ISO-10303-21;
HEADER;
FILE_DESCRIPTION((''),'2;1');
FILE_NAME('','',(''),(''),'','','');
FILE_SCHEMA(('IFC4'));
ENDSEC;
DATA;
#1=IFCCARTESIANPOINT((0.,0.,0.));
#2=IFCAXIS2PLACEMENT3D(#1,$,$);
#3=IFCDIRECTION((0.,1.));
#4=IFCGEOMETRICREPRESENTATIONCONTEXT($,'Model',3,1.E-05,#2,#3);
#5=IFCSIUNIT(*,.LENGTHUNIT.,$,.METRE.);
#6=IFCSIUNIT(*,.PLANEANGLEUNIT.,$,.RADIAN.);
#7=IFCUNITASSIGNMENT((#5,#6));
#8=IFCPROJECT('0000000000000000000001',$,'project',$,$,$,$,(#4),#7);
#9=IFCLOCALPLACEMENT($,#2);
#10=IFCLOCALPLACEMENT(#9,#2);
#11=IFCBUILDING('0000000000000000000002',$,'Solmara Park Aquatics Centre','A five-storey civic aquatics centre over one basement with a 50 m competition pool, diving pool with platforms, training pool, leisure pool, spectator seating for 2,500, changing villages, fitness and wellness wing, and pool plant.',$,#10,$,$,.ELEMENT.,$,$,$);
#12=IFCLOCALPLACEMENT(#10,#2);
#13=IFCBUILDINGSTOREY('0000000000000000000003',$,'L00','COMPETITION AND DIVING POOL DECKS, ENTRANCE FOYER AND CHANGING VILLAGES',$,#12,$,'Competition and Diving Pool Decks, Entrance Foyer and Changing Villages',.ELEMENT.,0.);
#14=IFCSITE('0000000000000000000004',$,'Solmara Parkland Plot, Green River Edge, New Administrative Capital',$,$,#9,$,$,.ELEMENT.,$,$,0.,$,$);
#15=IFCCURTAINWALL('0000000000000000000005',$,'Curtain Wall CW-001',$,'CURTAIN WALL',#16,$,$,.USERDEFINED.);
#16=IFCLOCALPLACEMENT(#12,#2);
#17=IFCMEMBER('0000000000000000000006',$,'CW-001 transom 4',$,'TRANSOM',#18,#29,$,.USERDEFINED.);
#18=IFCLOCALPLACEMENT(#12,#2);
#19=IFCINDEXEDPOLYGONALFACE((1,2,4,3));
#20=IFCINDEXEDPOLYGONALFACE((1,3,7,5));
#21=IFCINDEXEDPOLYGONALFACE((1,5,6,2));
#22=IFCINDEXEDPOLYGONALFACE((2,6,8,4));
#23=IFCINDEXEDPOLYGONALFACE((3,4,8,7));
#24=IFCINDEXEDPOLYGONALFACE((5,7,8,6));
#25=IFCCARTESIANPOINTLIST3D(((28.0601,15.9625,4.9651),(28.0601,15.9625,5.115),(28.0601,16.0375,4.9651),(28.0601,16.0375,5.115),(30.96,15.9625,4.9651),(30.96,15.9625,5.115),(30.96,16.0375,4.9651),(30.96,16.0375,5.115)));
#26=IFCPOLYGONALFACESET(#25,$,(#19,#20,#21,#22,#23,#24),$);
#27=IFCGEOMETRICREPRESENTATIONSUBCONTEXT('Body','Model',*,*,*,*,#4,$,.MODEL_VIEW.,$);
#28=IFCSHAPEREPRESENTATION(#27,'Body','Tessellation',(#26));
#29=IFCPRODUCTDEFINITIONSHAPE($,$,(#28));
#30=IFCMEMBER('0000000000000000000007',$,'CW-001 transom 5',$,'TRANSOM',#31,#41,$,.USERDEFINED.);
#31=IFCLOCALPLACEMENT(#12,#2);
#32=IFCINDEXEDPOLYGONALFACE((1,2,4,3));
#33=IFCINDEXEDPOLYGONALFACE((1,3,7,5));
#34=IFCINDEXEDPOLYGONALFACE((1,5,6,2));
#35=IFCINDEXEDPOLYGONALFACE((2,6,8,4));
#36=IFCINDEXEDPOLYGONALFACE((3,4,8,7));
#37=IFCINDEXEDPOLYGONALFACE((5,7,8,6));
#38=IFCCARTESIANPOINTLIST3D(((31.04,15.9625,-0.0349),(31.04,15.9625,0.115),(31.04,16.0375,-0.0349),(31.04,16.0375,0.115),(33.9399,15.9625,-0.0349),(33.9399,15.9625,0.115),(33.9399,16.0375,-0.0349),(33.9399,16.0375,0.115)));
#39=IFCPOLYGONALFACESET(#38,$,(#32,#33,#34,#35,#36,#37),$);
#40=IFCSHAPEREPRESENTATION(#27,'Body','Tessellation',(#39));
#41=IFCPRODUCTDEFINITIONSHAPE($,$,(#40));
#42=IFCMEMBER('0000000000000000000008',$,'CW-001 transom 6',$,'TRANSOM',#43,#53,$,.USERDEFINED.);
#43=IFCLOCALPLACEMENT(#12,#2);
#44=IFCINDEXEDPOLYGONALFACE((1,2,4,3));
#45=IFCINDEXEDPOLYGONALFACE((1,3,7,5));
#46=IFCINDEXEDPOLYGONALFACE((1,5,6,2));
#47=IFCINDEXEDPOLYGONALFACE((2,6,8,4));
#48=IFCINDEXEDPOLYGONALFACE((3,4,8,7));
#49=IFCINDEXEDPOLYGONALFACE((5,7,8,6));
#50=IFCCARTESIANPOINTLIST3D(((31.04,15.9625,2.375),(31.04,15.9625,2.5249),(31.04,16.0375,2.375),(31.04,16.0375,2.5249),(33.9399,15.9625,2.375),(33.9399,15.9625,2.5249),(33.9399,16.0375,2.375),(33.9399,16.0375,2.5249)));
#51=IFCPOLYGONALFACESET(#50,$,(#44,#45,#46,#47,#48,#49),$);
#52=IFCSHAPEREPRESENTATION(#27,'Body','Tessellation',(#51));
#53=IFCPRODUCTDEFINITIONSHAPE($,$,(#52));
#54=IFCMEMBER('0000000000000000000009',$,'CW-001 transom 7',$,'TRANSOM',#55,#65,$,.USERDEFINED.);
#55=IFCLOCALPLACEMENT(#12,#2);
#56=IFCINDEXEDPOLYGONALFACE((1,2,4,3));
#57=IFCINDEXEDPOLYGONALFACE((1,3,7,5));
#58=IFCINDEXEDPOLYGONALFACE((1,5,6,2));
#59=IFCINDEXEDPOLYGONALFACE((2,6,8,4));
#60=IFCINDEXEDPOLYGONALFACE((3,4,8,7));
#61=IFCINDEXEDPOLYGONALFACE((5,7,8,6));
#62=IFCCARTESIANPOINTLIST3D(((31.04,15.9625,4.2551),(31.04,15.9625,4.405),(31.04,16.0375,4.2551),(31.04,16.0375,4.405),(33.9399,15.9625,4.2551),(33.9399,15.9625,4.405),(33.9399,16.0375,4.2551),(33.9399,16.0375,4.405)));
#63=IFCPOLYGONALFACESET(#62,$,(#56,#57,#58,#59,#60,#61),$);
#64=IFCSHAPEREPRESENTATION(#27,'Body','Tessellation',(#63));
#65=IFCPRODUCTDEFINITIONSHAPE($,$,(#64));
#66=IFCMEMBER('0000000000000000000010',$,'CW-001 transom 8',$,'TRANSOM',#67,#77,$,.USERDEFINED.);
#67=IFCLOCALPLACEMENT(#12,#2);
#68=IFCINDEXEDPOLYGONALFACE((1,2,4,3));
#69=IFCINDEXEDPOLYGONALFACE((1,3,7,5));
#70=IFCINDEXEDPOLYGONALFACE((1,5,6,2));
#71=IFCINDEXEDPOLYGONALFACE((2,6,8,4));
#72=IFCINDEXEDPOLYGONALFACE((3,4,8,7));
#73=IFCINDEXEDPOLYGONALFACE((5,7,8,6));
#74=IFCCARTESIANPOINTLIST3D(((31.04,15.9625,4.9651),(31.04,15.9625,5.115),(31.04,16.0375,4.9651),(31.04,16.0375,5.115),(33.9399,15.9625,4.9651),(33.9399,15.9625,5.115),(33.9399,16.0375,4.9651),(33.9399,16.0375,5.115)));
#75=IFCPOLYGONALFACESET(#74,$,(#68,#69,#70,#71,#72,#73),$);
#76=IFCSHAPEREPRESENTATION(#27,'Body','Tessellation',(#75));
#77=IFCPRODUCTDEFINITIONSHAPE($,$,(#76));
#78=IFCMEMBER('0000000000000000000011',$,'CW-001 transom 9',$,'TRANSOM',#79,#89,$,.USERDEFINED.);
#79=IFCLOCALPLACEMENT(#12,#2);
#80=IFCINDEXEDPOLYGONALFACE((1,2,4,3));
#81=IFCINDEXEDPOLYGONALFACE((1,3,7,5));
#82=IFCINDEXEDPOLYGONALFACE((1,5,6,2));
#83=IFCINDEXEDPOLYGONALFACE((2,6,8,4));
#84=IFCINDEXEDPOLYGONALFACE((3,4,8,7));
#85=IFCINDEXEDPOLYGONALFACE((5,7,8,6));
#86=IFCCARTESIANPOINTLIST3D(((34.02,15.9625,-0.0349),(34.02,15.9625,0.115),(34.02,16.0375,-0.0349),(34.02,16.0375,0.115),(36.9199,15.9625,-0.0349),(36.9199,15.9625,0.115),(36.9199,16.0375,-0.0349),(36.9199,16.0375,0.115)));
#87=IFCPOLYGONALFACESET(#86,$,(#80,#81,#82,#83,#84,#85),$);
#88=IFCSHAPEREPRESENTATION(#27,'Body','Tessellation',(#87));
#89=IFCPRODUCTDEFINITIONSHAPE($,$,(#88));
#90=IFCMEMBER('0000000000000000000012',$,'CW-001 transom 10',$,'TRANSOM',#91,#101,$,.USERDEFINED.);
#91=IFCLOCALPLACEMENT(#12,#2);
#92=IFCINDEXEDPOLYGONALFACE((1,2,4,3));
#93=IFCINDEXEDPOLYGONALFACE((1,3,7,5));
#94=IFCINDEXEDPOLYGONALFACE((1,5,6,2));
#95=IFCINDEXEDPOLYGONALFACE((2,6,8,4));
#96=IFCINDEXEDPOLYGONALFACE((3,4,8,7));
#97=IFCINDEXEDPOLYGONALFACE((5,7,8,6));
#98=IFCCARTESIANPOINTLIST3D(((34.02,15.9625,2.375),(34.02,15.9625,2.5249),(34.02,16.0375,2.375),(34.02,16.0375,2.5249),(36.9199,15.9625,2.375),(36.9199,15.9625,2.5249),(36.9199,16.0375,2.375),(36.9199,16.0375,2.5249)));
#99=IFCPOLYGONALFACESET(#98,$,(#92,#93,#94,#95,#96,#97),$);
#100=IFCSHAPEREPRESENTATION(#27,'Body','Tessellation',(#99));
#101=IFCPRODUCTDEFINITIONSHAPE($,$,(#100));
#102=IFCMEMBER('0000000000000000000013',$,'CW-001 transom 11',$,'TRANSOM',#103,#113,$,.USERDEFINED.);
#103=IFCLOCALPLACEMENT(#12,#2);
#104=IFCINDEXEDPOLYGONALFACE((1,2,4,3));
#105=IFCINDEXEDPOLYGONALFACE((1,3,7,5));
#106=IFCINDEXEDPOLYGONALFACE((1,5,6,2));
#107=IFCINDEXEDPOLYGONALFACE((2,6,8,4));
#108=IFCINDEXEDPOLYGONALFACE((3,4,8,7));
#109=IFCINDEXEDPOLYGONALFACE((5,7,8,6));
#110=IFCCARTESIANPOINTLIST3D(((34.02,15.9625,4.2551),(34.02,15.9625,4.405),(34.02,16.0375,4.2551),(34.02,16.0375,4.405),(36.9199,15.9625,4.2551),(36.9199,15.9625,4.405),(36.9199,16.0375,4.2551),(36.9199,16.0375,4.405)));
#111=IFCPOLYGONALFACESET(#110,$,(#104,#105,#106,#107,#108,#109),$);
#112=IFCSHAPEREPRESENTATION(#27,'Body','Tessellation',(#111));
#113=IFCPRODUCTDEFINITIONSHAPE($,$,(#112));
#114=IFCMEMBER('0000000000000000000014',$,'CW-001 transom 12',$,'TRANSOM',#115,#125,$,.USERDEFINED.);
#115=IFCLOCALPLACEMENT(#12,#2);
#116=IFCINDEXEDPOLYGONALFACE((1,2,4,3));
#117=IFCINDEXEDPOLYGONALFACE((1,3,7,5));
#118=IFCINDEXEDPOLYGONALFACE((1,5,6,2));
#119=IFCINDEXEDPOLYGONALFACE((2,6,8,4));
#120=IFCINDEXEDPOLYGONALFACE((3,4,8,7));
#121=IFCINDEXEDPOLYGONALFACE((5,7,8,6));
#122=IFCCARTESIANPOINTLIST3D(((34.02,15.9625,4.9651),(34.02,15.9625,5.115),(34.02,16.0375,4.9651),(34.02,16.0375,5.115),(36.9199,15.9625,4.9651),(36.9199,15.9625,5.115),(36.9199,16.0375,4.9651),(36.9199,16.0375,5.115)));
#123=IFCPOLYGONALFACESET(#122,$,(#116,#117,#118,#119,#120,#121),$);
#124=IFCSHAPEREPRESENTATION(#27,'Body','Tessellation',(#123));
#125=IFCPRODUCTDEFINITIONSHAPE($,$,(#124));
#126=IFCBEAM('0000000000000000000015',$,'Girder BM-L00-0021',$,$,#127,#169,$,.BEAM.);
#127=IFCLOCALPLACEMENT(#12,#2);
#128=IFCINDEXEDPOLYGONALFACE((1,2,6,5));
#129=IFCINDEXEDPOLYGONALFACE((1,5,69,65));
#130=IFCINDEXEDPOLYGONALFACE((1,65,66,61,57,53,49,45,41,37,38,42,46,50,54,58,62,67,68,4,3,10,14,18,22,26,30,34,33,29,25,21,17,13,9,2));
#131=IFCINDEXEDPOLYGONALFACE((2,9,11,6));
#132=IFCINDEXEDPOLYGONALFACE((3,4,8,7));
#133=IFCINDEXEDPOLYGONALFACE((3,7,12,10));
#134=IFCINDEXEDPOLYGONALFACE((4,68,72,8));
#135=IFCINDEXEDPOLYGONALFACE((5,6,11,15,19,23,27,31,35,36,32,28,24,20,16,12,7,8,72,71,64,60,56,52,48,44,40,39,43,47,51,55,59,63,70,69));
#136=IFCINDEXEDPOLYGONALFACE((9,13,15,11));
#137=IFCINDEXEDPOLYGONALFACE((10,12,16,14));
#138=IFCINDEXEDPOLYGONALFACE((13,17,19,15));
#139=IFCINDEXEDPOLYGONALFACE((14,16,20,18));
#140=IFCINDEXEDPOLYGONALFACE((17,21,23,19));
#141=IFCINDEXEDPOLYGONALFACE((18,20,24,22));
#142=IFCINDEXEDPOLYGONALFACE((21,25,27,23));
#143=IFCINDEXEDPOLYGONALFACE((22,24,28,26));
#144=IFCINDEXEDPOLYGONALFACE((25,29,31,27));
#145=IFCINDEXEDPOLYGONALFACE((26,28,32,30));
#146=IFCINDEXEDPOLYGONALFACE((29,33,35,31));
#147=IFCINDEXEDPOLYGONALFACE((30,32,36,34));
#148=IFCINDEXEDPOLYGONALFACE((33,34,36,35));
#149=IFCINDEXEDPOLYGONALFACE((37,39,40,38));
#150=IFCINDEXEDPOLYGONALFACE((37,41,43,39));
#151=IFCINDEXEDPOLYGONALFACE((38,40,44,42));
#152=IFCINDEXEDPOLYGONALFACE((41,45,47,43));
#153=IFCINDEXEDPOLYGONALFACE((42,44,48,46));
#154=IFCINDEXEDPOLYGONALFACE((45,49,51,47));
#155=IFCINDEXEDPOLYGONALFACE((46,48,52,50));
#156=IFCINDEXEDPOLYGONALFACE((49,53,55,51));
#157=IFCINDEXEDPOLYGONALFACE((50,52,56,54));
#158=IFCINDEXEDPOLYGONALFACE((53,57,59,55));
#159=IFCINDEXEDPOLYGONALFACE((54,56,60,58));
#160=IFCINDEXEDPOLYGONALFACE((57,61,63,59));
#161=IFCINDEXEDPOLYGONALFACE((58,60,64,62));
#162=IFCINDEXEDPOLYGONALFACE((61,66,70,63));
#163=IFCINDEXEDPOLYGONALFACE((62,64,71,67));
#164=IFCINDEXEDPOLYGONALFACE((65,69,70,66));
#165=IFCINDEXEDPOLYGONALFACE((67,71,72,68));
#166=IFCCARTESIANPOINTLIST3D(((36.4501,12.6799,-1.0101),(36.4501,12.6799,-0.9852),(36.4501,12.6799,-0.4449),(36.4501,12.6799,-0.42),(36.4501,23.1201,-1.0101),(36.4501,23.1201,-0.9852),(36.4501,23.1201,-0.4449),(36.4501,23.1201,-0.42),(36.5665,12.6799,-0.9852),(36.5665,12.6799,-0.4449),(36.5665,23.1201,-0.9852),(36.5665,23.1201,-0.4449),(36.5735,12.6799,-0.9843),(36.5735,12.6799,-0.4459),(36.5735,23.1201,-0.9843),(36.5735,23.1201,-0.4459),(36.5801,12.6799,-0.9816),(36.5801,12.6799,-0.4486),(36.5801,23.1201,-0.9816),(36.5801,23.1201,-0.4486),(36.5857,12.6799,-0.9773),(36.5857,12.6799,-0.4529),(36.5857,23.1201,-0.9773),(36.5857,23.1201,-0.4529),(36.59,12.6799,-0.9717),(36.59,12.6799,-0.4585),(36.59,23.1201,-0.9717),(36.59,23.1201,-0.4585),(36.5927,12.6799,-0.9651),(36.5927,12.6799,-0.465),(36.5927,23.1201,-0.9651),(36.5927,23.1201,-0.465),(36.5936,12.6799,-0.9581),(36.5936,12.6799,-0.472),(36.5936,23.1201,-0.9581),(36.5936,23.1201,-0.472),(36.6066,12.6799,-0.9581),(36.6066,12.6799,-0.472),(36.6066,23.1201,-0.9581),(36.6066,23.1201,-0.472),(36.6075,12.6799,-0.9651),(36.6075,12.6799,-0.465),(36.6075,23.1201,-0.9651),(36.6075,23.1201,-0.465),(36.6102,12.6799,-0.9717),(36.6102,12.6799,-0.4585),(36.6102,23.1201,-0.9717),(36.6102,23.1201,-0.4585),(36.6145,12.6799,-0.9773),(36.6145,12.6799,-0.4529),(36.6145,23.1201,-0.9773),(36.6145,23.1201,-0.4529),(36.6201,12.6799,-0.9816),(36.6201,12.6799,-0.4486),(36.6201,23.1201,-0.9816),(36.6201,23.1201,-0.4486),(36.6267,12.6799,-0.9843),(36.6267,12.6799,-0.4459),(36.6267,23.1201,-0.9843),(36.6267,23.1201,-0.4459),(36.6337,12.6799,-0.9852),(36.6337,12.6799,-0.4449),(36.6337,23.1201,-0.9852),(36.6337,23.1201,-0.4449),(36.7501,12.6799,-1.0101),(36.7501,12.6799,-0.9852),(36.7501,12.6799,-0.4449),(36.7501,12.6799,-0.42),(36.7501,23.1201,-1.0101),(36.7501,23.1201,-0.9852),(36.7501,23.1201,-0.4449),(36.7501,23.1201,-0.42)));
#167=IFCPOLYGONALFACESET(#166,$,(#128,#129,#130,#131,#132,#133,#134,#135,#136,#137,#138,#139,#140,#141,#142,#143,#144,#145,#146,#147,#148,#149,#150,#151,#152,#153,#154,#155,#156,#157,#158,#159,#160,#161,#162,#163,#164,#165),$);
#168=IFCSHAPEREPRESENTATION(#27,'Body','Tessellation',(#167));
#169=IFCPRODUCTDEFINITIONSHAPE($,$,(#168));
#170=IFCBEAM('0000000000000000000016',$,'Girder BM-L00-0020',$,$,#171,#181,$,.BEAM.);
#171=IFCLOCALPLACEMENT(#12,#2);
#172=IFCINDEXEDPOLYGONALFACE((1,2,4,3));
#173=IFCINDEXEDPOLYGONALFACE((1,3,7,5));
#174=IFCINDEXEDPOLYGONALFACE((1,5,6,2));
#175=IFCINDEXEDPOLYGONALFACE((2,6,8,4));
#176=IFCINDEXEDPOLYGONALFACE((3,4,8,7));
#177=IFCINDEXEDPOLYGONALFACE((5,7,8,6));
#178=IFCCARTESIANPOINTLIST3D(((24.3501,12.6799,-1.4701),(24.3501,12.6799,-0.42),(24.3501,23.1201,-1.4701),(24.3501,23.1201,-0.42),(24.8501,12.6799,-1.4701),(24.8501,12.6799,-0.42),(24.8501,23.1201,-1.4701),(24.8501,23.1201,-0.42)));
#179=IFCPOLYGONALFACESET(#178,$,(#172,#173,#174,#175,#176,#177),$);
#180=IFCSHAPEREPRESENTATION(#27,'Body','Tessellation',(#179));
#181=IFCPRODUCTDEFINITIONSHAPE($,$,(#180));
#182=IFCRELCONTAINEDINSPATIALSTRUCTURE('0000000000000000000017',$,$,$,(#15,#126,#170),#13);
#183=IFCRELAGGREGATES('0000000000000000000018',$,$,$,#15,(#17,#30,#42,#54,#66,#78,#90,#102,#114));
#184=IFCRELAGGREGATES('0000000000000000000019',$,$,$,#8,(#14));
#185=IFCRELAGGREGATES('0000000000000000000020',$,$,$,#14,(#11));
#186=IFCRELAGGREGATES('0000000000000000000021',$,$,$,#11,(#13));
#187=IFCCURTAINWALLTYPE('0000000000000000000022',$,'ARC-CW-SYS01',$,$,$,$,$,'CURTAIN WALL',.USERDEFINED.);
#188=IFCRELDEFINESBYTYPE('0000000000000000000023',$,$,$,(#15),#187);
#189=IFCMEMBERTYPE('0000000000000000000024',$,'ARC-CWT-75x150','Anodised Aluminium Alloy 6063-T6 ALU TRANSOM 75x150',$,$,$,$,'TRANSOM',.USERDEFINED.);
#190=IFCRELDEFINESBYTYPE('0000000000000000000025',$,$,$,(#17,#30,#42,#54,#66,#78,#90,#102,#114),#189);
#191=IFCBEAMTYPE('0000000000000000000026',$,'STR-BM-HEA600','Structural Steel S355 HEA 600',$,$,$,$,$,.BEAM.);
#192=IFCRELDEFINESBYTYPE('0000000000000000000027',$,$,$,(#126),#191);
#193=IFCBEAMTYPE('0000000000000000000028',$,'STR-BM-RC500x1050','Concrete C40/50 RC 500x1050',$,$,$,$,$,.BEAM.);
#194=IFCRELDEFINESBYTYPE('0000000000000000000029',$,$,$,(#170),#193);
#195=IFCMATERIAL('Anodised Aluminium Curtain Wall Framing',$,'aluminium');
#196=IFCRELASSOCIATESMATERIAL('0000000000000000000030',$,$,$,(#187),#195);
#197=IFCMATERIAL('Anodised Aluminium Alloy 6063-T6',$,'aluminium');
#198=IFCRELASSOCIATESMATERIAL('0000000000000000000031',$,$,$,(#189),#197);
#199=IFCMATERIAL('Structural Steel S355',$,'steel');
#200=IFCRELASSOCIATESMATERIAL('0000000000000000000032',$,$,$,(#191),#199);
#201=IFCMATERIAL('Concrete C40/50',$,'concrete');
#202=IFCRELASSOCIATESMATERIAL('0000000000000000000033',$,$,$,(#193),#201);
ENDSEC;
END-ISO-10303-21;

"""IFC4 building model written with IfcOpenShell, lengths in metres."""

from ifc_helpers import new_model, si_unit, direction, frame, origin, origin_2d, place, context, subcontext, project, spatial, rectangle, i_section, extrude, material, material_profile, profile_set, type_object, element, aggregate, save


model = new_model("IFC4")

# Units and contexts
model_context = context("Model", 3, precision=1e-05, world=origin(), true_north=direction((0.0, 1.0)))
body_context = subcontext(model_context, "Body", "Model", "MODEL_VIEW")
ifc_project = project(units=[si_unit("LENGTHUNIT", "METRE"), si_unit("PLANEANGLEUNIT", "RADIAN")], contexts=[model_context])

# Site, building, storey
site_placement = place(None, origin())
site = spatial("IfcSite", under=ifc_project, at=site_placement, Name="Solmara Parkland Plot, Green River Edge, New Administrative Capital", CompositionType="ELEMENT", RefElevation=0.0)
building_placement = place(site_placement, origin())
building = spatial("IfcBuilding", under=site, at=building_placement, Name="Solmara Park Aquatics Centre", Description="A five-storey civic aquatics centre over one basement with a 50 m competition pool, diving pool with platforms, training pool, leisure pool, spectator seating for 2,500, changing villages, fitness and wellness wing, and pool plant.", CompositionType="ELEMENT")
storey_placement = place(building_placement, origin())
storey = spatial("IfcBuildingStorey", under=building, at=storey_placement, Name="L00", Description="COMPETITION AND DIVING POOL DECKS, ENTRANCE FOYER AND CHANGING VILLAGES", LongName="Competition and Diving Pool Decks, Entrance Foyer and Changing Villages", CompositionType="ELEMENT", Elevation=0.0)

# Shared definitions
ifc_material_1 = material(Name="Structural Steel S355", Category="steel")

# Curtain wall, members
ifc_material_2 = material(Name="Anodised Aluminium Curtain Wall Framing", Category="aluminium")
curtain_wall_type = type_object("IfcCurtainWallType", Name="ARC-CW-SYS01", ElementType="CURTAIN WALL", PredefinedType="USERDEFINED", material=ifc_material_2)
curtain_wall_placement = place(storey_placement, origin())
curtain_wall = element("IfcCurtainWall", 1, at=curtain_wall_placement, inside=storey, type_object=curtain_wall_type, Name="Curtain Wall CW-001", ObjectType="CURTAIN WALL", PredefinedType="USERDEFINED")
ifc_material_3 = material(Name="Anodised Aluminium Alloy 6063-T6", Category="aluminium")
ifc_material_profile_1 = material_profile(ifc_material_3, rectangle(XDim=0.075, YDim=0.1499, at=origin_2d()), Name="ALU TRANSOM 75x150")
ifc_profile_set_1 = profile_set([ifc_material_profile_1], Name="Anodised Aluminium Alloy 6063-T6")
member_type_1 = type_object("IfcMemberType", Name="ARC-CWT-75x150", Description="Anodised Aluminium Alloy 6063-T6 ALU TRANSOM 75x150", ElementType="TRANSOM", PredefinedType="USERDEFINED", material=ifc_profile_set_1)
member_1_placement = place(storey_placement, frame((28.0601, 16.0, 5.04), z_axis=(1.0, 0.0, 0.0), x_axis=(0.0, 1.0, 0.0)))
member_1 = element("IfcMember", 2, at=member_1_placement, type_object=member_type_1, Name="CW-001 transom 4", ObjectType="TRANSOM", PredefinedType="USERDEFINED", context=body_context, shape_type="SweptSolid", body=[
    extrude(rectangle(XDim=0.075, YDim=0.1499, at=origin_2d()), origin(), (0.0, 0.0, 1.0), 2.8999),
])
member_2_placement = place(storey_placement, frame((31.04, 16.0, 0.04), z_axis=(1.0, 0.0, 0.0), x_axis=(0.0, 1.0, 0.0)))
member_2 = element("IfcMember", 3, at=member_2_placement, type_object=member_type_1, Name="CW-001 transom 5", ObjectType="TRANSOM", PredefinedType="USERDEFINED", context=body_context, shape_type="SweptSolid", body=[
    extrude(rectangle(XDim=0.075, YDim=0.1499, at=origin_2d()), origin(), (0.0, 0.0, 1.0), 2.8999),
])
member_3_placement = place(storey_placement, frame((31.04, 16.0, 2.45), z_axis=(1.0, 0.0, 0.0), x_axis=(0.0, 1.0, 0.0)))
member_3 = element("IfcMember", 4, at=member_3_placement, type_object=member_type_1, Name="CW-001 transom 6", ObjectType="TRANSOM", PredefinedType="USERDEFINED", context=body_context, shape_type="SweptSolid", body=[
    extrude(rectangle(XDim=0.075, YDim=0.1499, at=origin_2d()), origin(), (0.0, 0.0, 1.0), 2.8999),
])
member_4_placement = place(storey_placement, frame((31.04, 16.0, 4.3301), z_axis=(1.0, 0.0, 0.0), x_axis=(0.0, 1.0, 0.0)))
member_4 = element("IfcMember", 5, at=member_4_placement, type_object=member_type_1, Name="CW-001 transom 7", ObjectType="TRANSOM", PredefinedType="USERDEFINED", context=body_context, shape_type="SweptSolid", body=[
    extrude(rectangle(XDim=0.075, YDim=0.1499, at=origin_2d()), origin(), (0.0, 0.0, 1.0), 2.8999),
])
member_5_placement = place(storey_placement, frame((31.04, 16.0, 5.04), z_axis=(1.0, 0.0, 0.0), x_axis=(0.0, 1.0, 0.0)))
member_5 = element("IfcMember", 6, at=member_5_placement, type_object=member_type_1, Name="CW-001 transom 8", ObjectType="TRANSOM", PredefinedType="USERDEFINED", context=body_context, shape_type="SweptSolid", body=[
    extrude(rectangle(XDim=0.075, YDim=0.1499, at=origin_2d()), origin(), (0.0, 0.0, 1.0), 2.8999),
])
member_6_placement = place(storey_placement, frame((34.02, 16.0, 0.04), z_axis=(1.0, 0.0, 0.0), x_axis=(0.0, 1.0, 0.0)))
member_6 = element("IfcMember", 7, at=member_6_placement, type_object=member_type_1, Name="CW-001 transom 9", ObjectType="TRANSOM", PredefinedType="USERDEFINED", context=body_context, shape_type="SweptSolid", body=[
    extrude(rectangle(XDim=0.075, YDim=0.1499, at=origin_2d()), origin(), (0.0, 0.0, 1.0), 2.8999),
])
member_7_placement = place(storey_placement, frame((34.02, 16.0, 2.45), z_axis=(1.0, 0.0, 0.0), x_axis=(0.0, 1.0, 0.0)))
member_7 = element("IfcMember", 8, at=member_7_placement, type_object=member_type_1, Name="CW-001 transom 10", ObjectType="TRANSOM", PredefinedType="USERDEFINED", context=body_context, shape_type="SweptSolid", body=[
    extrude(rectangle(XDim=0.075, YDim=0.1499, at=origin_2d()), origin(), (0.0, 0.0, 1.0), 2.8999),
])
member_8_placement = place(storey_placement, frame((34.02, 16.0, 4.3301), z_axis=(1.0, 0.0, 0.0), x_axis=(0.0, 1.0, 0.0)))
member_8 = element("IfcMember", 9, at=member_8_placement, type_object=member_type_1, Name="CW-001 transom 11", ObjectType="TRANSOM", PredefinedType="USERDEFINED", context=body_context, shape_type="SweptSolid", body=[
    extrude(rectangle(XDim=0.075, YDim=0.1499, at=origin_2d()), origin(), (0.0, 0.0, 1.0), 2.8999),
])
member_9_placement = place(storey_placement, frame((34.02, 16.0, 5.04), z_axis=(1.0, 0.0, 0.0), x_axis=(0.0, 1.0, 0.0)))
member_9 = element("IfcMember", 10, at=member_9_placement, type_object=member_type_1, Name="CW-001 transom 12", ObjectType="TRANSOM", PredefinedType="USERDEFINED", context=body_context, shape_type="SweptSolid", body=[
    extrude(rectangle(XDim=0.075, YDim=0.1499, at=origin_2d()), origin(), (0.0, 0.0, 1.0), 2.8999),
])

# Beams
ifc_material_profile_2 = material_profile(ifc_material_1, i_section(OverallWidth=0.3, OverallDepth=0.5901, WebThickness=0.0129, FlangeThickness=0.0249, FilletRadius=0.0271, at=origin_2d()), Name="HEA 600")
ifc_profile_set_2 = profile_set([ifc_material_profile_2], Name="Structural Steel S355")
beam_type_1 = type_object("IfcBeamType", Name="STR-BM-HEA600", Description="Structural Steel S355 HEA 600", PredefinedType="BEAM", material=ifc_profile_set_2)
beam_1_placement = place(storey_placement, frame((36.6001, 12.6799, -0.7151), z_axis=(0.0, 1.0, 0.0), x_axis=(-1.0, 0.0, 0.0)))
element("IfcBeam", 11, at=beam_1_placement, inside=storey, type_object=beam_type_1, Name="Girder BM-L00-0021", PredefinedType="BEAM", context=body_context, shape_type="SweptSolid", body=[
    extrude(i_section(OverallWidth=0.3, OverallDepth=0.5901, WebThickness=0.0129, FlangeThickness=0.0249, FilletRadius=0.0271, at=origin_2d()), origin(), (0.0, 0.0, 1.0), 10.4402),
])
ifc_material_4 = material(Name="Concrete C40/50", Category="concrete")
ifc_material_profile_3 = material_profile(ifc_material_4, rectangle(XDim=0.5, YDim=1.05, at=origin_2d()), Name="RC 500x1050")
ifc_profile_set_3 = profile_set([ifc_material_profile_3], Name="Concrete C40/50")
beam_type_2 = type_object("IfcBeamType", Name="STR-BM-RC500x1050", Description="Concrete C40/50 RC 500x1050", PredefinedType="BEAM", material=ifc_profile_set_3)
beam_2_placement = place(storey_placement, frame((24.6001, 12.6799, -0.9451), z_axis=(0.0, 1.0, 0.0), x_axis=(-1.0, 0.0, 0.0)))
element("IfcBeam", 12, at=beam_2_placement, inside=storey, type_object=beam_type_2, Name="Girder BM-L00-0020", PredefinedType="BEAM", context=body_context, shape_type="SweptSolid", body=[
    extrude(rectangle(XDim=0.5, YDim=1.05, at=origin_2d()), origin(), (0.0, 0.0, 1.0), 10.4402),
])

aggregate(curtain_wall, [member_1, member_2, member_3, member_4, member_5, member_6, member_7, member_8, member_9])

save(model, "model.ifc")
